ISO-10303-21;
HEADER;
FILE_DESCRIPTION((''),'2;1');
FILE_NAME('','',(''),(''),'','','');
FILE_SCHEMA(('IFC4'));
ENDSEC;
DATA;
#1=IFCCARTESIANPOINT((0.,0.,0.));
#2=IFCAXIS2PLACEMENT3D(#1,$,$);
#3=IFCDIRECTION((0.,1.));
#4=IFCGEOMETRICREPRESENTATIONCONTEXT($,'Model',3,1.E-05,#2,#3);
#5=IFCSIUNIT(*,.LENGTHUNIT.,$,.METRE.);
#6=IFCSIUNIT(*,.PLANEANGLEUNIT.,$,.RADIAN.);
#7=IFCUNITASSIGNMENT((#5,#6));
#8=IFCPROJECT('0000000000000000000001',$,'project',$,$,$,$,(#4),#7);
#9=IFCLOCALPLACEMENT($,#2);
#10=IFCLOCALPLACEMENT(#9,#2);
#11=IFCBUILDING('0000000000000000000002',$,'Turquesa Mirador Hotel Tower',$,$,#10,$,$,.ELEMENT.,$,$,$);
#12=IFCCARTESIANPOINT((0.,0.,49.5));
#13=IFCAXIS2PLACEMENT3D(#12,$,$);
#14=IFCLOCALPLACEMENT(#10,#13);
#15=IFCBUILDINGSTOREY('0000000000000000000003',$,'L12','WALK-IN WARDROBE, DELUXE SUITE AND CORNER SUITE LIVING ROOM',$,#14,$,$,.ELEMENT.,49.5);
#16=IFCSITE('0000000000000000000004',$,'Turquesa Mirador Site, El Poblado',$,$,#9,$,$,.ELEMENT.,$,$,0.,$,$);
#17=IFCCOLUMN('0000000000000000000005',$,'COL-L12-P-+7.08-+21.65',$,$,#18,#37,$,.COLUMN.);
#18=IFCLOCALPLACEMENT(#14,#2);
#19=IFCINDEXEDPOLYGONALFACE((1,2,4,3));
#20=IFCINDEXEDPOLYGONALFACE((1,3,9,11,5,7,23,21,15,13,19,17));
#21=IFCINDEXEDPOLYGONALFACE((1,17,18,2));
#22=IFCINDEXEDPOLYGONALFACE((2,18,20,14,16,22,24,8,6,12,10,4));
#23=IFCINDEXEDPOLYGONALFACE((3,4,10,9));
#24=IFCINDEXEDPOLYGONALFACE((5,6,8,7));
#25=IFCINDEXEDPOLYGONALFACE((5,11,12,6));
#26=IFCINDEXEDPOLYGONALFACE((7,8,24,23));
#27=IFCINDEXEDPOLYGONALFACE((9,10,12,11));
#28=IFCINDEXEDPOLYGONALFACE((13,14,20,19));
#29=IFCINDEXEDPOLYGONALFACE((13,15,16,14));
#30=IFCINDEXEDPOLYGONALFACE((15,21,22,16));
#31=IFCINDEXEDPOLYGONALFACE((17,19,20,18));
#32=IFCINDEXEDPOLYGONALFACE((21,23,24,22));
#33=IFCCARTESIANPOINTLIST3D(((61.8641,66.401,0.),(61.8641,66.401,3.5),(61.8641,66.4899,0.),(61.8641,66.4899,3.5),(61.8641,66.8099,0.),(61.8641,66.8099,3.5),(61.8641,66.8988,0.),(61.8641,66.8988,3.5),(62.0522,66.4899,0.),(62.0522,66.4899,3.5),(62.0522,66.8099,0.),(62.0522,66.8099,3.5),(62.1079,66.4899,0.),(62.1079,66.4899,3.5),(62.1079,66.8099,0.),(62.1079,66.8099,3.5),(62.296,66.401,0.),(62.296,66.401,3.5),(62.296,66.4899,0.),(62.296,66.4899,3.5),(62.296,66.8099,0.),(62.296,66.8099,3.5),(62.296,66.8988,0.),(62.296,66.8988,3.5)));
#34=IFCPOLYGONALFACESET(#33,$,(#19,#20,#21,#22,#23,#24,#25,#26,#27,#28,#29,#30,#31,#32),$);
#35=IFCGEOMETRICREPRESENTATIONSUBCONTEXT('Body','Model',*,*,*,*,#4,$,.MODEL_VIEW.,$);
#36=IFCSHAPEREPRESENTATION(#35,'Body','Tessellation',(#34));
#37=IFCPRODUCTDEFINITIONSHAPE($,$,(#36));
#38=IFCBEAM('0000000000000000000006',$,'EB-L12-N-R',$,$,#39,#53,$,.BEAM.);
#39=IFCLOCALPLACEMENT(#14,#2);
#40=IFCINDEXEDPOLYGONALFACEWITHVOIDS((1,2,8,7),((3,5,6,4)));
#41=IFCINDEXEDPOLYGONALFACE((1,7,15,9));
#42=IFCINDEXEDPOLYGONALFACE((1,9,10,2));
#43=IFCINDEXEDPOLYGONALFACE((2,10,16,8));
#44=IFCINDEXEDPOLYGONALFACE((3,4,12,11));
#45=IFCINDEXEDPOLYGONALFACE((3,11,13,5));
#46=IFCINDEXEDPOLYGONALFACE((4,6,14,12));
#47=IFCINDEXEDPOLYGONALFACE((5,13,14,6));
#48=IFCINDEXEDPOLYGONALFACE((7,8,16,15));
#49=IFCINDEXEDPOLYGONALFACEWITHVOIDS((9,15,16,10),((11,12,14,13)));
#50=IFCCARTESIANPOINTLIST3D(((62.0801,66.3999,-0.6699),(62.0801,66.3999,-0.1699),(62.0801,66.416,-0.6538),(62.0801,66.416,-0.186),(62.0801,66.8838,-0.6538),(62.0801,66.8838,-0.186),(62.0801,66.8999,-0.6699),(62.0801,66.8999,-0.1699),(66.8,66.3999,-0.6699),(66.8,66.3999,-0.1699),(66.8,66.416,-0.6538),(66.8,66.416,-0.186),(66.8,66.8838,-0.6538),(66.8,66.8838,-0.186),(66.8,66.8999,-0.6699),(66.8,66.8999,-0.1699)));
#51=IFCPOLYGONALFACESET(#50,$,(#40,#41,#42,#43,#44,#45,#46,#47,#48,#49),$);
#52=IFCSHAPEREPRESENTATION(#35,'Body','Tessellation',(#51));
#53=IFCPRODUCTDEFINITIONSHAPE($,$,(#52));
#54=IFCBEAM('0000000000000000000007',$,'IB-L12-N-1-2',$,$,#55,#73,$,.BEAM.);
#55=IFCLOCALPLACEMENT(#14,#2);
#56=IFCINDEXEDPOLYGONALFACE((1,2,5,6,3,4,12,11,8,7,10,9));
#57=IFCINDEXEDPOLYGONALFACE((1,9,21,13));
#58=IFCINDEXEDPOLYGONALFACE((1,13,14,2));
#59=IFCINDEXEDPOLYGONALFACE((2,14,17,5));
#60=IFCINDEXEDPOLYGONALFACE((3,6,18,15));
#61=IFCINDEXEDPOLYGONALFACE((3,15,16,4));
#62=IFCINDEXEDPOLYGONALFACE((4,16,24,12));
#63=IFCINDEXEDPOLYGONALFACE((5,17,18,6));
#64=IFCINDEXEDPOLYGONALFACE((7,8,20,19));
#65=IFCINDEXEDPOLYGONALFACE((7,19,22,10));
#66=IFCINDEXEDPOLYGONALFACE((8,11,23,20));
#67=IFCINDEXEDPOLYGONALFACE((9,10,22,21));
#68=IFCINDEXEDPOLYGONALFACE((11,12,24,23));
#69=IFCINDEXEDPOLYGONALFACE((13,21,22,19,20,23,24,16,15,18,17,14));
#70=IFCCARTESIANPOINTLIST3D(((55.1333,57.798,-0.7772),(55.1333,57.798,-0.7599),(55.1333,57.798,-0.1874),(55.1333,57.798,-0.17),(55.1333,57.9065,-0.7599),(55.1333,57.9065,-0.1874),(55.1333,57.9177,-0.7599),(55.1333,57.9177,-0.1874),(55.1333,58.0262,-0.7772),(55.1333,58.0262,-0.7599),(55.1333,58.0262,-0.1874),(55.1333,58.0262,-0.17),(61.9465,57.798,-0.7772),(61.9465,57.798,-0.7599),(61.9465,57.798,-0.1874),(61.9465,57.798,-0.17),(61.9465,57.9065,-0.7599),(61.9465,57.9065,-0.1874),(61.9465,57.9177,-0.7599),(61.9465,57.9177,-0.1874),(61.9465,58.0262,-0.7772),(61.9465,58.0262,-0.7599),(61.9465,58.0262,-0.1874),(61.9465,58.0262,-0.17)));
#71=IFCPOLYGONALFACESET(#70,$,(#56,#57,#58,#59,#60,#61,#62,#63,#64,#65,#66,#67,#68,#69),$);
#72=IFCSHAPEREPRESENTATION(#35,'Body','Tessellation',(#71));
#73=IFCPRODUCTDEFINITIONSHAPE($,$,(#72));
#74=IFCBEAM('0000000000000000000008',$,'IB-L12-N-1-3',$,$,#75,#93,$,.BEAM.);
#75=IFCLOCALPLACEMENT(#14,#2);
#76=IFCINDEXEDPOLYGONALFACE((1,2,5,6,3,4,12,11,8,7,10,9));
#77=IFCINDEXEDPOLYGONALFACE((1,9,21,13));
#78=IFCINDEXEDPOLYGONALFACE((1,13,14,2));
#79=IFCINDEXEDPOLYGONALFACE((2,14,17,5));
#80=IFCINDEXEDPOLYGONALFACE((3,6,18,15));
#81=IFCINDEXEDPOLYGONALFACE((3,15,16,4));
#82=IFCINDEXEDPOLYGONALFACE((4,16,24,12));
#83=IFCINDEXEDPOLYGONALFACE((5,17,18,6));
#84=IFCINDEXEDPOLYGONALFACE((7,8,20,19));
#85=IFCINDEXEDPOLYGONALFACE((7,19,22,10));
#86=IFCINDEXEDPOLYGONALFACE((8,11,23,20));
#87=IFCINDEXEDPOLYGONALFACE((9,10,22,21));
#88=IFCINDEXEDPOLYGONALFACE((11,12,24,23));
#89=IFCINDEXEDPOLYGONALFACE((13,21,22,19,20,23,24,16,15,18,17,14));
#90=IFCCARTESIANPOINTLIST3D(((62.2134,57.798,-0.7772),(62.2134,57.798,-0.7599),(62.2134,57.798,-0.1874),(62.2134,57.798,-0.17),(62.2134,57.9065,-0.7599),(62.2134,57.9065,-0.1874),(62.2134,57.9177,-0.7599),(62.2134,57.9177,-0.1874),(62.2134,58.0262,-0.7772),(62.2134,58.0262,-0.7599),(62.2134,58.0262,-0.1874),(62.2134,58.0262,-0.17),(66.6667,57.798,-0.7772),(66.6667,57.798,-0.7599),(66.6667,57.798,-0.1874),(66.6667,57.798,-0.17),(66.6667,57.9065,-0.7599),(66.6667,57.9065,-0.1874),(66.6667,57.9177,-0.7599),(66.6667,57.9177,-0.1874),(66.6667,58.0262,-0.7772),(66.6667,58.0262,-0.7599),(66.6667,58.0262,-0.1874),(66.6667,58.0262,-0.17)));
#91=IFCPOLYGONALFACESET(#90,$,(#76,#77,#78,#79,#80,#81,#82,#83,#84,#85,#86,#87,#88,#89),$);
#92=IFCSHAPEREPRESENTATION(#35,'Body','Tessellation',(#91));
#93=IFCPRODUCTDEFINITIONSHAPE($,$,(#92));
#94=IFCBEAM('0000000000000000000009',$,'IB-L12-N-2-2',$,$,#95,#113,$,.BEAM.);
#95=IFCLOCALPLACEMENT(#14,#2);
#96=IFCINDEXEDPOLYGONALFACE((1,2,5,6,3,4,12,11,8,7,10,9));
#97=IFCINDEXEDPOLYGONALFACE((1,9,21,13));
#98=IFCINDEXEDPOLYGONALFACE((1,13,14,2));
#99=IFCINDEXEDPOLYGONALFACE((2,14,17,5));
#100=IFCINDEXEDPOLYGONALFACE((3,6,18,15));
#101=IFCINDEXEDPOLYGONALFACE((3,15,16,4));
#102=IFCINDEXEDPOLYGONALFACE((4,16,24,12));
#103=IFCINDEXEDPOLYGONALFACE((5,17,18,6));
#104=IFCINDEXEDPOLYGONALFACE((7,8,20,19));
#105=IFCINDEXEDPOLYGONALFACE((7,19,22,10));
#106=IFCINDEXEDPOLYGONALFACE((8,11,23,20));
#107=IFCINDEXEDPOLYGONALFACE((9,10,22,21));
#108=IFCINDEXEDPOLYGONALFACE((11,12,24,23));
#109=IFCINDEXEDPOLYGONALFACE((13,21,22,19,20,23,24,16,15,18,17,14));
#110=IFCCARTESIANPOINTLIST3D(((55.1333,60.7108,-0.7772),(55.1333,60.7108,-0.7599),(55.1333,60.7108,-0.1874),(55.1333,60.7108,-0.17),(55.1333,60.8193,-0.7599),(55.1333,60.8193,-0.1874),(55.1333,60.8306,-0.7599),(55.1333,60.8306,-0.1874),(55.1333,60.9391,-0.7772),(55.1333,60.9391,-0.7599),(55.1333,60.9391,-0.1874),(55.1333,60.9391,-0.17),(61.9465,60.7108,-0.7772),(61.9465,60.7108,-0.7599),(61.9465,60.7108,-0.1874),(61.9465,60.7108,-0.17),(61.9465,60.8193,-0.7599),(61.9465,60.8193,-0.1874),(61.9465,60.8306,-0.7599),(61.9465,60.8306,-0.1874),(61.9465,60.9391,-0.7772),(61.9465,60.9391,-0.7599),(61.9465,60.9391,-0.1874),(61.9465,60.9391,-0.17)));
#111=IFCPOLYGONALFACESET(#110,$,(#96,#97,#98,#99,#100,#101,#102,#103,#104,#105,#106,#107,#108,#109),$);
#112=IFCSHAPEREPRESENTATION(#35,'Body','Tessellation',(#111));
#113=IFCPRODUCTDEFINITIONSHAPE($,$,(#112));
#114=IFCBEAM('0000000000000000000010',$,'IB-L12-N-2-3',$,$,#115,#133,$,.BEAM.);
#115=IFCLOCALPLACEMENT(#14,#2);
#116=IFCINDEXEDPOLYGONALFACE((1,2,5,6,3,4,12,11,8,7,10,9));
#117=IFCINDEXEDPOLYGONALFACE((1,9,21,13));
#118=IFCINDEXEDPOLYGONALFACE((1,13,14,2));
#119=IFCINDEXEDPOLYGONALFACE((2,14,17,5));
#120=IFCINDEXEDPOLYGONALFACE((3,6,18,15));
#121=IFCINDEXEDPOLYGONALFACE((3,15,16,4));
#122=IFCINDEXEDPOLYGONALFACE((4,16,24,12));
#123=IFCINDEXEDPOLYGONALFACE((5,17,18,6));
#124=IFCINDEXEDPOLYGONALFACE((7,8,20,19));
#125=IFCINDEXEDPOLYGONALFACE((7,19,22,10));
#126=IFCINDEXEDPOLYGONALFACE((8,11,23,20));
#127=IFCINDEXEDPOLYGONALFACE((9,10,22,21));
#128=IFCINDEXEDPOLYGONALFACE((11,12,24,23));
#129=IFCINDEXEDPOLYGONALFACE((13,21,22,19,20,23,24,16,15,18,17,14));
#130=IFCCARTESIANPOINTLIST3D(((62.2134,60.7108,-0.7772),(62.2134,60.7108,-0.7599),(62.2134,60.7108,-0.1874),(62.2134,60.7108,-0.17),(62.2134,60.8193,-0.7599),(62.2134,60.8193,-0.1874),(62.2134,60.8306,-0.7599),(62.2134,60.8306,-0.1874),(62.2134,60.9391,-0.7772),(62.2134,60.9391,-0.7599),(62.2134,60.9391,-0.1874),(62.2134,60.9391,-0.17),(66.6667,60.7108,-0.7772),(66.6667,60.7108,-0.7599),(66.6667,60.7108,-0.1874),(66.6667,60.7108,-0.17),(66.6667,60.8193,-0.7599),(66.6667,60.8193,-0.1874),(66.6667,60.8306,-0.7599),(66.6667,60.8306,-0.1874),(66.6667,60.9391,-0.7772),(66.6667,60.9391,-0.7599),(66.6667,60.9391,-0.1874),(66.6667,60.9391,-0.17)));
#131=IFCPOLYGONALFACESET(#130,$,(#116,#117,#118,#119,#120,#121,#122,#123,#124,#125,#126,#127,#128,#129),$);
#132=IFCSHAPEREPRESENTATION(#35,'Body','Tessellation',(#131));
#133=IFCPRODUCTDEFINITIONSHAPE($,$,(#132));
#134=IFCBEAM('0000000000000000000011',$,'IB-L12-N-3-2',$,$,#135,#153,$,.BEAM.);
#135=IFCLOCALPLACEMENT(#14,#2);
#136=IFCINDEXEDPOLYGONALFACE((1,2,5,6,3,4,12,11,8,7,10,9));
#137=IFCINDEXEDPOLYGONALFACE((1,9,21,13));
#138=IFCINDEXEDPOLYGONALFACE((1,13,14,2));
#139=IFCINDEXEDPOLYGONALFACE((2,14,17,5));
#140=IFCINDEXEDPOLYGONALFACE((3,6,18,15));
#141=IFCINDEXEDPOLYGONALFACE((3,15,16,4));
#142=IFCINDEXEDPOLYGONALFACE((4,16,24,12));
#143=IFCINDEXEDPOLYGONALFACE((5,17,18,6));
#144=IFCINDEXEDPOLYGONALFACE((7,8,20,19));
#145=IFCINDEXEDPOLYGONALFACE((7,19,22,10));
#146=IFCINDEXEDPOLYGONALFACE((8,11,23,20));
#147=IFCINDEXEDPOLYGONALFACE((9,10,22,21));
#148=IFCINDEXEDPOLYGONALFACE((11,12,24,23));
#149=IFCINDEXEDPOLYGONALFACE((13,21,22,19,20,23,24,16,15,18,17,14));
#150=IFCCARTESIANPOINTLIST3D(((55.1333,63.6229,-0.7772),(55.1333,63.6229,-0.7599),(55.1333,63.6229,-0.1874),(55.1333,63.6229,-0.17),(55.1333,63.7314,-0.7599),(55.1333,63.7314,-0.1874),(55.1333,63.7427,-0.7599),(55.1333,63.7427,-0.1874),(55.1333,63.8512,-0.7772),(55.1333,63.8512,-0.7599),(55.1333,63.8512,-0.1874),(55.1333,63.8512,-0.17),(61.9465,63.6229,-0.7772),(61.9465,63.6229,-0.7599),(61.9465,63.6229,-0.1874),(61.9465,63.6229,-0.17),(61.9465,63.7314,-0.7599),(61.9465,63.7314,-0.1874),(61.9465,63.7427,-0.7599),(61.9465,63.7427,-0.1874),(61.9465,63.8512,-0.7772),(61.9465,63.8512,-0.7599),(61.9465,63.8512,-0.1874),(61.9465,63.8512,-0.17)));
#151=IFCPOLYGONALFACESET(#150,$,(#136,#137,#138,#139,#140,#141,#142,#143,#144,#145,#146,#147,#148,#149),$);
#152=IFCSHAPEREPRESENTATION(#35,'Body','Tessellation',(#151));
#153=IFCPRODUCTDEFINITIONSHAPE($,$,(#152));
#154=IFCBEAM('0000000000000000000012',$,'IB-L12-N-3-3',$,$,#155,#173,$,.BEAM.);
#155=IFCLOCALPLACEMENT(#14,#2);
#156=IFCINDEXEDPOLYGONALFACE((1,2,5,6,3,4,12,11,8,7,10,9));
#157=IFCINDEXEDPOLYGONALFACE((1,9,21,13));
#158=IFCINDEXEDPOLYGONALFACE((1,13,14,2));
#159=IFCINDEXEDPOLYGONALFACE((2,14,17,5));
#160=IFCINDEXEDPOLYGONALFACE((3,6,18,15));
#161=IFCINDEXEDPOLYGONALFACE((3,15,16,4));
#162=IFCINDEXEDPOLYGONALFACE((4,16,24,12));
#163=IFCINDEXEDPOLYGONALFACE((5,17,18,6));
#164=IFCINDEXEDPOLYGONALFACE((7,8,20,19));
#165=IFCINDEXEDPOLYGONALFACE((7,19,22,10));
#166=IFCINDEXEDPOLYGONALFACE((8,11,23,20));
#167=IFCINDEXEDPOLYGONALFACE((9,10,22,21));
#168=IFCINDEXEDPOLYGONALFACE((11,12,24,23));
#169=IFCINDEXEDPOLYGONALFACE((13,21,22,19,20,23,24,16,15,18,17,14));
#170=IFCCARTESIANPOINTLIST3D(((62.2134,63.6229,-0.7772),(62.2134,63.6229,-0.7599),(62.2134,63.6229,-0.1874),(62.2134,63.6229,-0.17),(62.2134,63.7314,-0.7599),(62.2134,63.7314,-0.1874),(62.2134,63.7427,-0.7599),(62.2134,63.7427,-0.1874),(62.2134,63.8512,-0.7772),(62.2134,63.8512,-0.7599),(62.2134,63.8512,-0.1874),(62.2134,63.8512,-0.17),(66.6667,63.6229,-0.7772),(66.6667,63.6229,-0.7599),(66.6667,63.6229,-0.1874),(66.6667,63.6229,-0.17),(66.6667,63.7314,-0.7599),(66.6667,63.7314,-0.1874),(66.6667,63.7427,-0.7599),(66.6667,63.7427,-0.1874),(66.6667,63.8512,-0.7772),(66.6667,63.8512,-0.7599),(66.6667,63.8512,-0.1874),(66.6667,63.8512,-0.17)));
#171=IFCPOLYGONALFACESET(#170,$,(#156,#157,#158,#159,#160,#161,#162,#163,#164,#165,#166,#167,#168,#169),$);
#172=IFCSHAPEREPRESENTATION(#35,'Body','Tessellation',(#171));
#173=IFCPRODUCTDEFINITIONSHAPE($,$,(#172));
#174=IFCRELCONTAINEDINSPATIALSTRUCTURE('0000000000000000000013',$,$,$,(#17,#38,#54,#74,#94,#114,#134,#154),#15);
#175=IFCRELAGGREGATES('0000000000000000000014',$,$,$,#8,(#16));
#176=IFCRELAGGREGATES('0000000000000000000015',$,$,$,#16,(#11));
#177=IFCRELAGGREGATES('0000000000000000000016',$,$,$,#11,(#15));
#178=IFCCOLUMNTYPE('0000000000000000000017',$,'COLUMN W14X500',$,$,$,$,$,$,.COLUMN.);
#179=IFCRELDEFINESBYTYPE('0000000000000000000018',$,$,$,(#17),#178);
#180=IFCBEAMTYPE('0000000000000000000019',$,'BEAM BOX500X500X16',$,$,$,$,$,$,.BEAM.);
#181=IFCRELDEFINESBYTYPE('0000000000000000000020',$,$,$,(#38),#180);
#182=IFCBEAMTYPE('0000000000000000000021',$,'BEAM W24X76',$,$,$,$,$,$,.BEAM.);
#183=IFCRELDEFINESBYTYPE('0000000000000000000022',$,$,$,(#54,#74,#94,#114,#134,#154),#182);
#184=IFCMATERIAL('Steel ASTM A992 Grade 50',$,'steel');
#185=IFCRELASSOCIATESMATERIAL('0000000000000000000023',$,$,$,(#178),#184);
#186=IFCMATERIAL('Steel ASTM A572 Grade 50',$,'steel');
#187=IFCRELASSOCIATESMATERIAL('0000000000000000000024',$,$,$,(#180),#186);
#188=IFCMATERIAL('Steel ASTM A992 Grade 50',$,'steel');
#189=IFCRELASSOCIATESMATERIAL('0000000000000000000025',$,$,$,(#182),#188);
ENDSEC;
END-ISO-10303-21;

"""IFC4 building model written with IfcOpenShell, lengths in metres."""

from ifc_helpers import new_model, si_unit, direction, frame, origin, origin_2d, place, context, subcontext, project, spatial, hollow_rectangle, i_section, extrude, material, material_profile, profile_set, type_object, element, save


model = new_model("IFC4")

# Units and contexts
model_context = context("Model", 3, precision=1e-05, world=origin(), true_north=direction((0.0, 1.0)))
body_context = subcontext(model_context, "Body", "Model", "MODEL_VIEW")
ifc_project = project(units=[si_unit("LENGTHUNIT", "METRE"), si_unit("PLANEANGLEUNIT", "RADIAN")], contexts=[model_context])

# Site, building, storey
site_placement = place(None, origin())
site = spatial("IfcSite", under=ifc_project, at=site_placement, Name="Turquesa Mirador Site, El Poblado", CompositionType="ELEMENT", RefElevation=0.0)
building_placement = place(site_placement, origin())
building = spatial("IfcBuilding", under=site, at=building_placement, Name="Turquesa Mirador Hotel Tower", CompositionType="ELEMENT")
storey_placement = place(building_placement, frame((0.0, 0.0, 49.5)))
storey = spatial("IfcBuildingStorey", under=building, at=storey_placement, Name="L12", Description="WALK-IN WARDROBE, DELUXE SUITE AND CORNER SUITE LIVING ROOM", CompositionType="ELEMENT", Elevation=49.5)

# Column
ifc_material_1 = material(Name="Steel ASTM A992 Grade 50", Category="steel")
ifc_material_profile_1 = material_profile(ifc_material_1, i_section(OverallWidth=0.4319, OverallDepth=0.4978, WebThickness=0.0557, FlangeThickness=0.0889, at=origin_2d()), Name="W14X500")
ifc_profile_set_1 = profile_set([ifc_material_profile_1], Name="Steel ASTM A992 Grade 50")
column_type = type_object("IfcColumnType", Name="COLUMN W14X500", PredefinedType="COLUMN", material=ifc_profile_set_1)
column_placement = place(storey_placement, frame((62.0801, 66.6499, 0.0), z_axis=(0.0, 0.0, 1.0), x_axis=(1.0, 0.0, 0.0)))
element("IfcColumn", 1, at=column_placement, inside=storey, type_object=column_type, Name="COL-L12-P-+7.08-+21.65", PredefinedType="COLUMN", context=body_context, shape_type="SweptSolid", body=[
    extrude(i_section(OverallWidth=0.4319, OverallDepth=0.4978, WebThickness=0.0557, FlangeThickness=0.0889, at=origin_2d()), origin(), (0.0, 0.0, 1.0), 3.5),
])

# Beams
ifc_material_2 = material(Name="Steel ASTM A572 Grade 50", Category="steel")
ifc_material_profile_2 = material_profile(ifc_material_2, hollow_rectangle(XDim=0.5, YDim=0.5, WallThickness=0.0161, at=origin_2d()), Name="BOX500X500X16")
ifc_profile_set_2 = profile_set([ifc_material_profile_2], Name="Steel ASTM A572 Grade 50")
beam_type_1 = type_object("IfcBeamType", Name="BEAM BOX500X500X16", PredefinedType="BEAM", material=ifc_profile_set_2)
beam_1_placement = place(storey_placement, frame((62.0801, 66.6499, -0.4199), z_axis=(1.0, 0.0, 0.0), x_axis=(0.0, 1.0, 0.0)))
element("IfcBeam", 2, at=beam_1_placement, inside=storey, type_object=beam_type_1, Name="EB-L12-N-R", PredefinedType="BEAM", context=body_context, shape_type="SweptSolid", body=[
    extrude(hollow_rectangle(XDim=0.5, YDim=0.5, WallThickness=0.0161, at=origin_2d()), origin(), (0.0, 0.0, 1.0), 4.72),
])
ifc_material_3 = material(Name="Steel ASTM A992 Grade 50", Category="steel")
ifc_material_profile_3 = material_profile(ifc_material_3, i_section(OverallWidth=0.2283, OverallDepth=0.6072, WebThickness=0.0112, FlangeThickness=0.0173, at=origin_2d()), Name="W24X76")
ifc_profile_set_3 = profile_set([ifc_material_profile_3], Name="Steel ASTM A992 Grade 50")
beam_type_2 = type_object("IfcBeamType", Name="BEAM W24X76", PredefinedType="BEAM", material=ifc_profile_set_3)
beam_2_placement = place(storey_placement, frame((55.1333, 57.9121, -0.4736), z_axis=(1.0, 0.0, 0.0), x_axis=(0.0, 1.0, 0.0)))
element("IfcBeam", 3, at=beam_2_placement, inside=storey, type_object=beam_type_2, Name="IB-L12-N-1-2", PredefinedType="BEAM", context=body_context, shape_type="SweptSolid", body=[
    extrude(i_section(OverallWidth=0.2283, OverallDepth=0.6072, WebThickness=0.0112, FlangeThickness=0.0173, at=origin_2d()), origin(), (0.0, 0.0, 1.0), 6.8132),
])
beam_3_placement = place(storey_placement, frame((62.2134, 57.9121, -0.4736), z_axis=(1.0, 0.0, 0.0), x_axis=(0.0, 1.0, 0.0)))
element("IfcBeam", 4, at=beam_3_placement, inside=storey, type_object=beam_type_2, Name="IB-L12-N-1-3", PredefinedType="BEAM", context=body_context, shape_type="SweptSolid", body=[
    extrude(i_section(OverallWidth=0.2283, OverallDepth=0.6072, WebThickness=0.0112, FlangeThickness=0.0173, at=origin_2d()), origin(), (0.0, 0.0, 1.0), 4.4534),
])
beam_4_placement = place(storey_placement, frame((55.1333, 60.825, -0.4736), z_axis=(1.0, 0.0, 0.0), x_axis=(0.0, 1.0, 0.0)))
element("IfcBeam", 5, at=beam_4_placement, inside=storey, type_object=beam_type_2, Name="IB-L12-N-2-2", PredefinedType="BEAM", context=body_context, shape_type="SweptSolid", body=[
    extrude(i_section(OverallWidth=0.2283, OverallDepth=0.6072, WebThickness=0.0112, FlangeThickness=0.0173, at=origin_2d()), origin(), (0.0, 0.0, 1.0), 6.8132),
])
beam_5_placement = place(storey_placement, frame((62.2134, 60.825, -0.4736), z_axis=(1.0, 0.0, 0.0), x_axis=(0.0, 1.0, 0.0)))
element("IfcBeam", 6, at=beam_5_placement, inside=storey, type_object=beam_type_2, Name="IB-L12-N-2-3", PredefinedType="BEAM", context=body_context, shape_type="SweptSolid", body=[
    extrude(i_section(OverallWidth=0.2283, OverallDepth=0.6072, WebThickness=0.0112, FlangeThickness=0.0173, at=origin_2d()), origin(), (0.0, 0.0, 1.0), 4.4534),
])
beam_6_placement = place(storey_placement, frame((55.1333, 63.7371, -0.4736), z_axis=(1.0, 0.0, 0.0), x_axis=(0.0, 1.0, 0.0)))
element("IfcBeam", 7, at=beam_6_placement, inside=storey, type_object=beam_type_2, Name="IB-L12-N-3-2", PredefinedType="BEAM", context=body_context, shape_type="SweptSolid", body=[
    extrude(i_section(OverallWidth=0.2283, OverallDepth=0.6072, WebThickness=0.0112, FlangeThickness=0.0173, at=origin_2d()), origin(), (0.0, 0.0, 1.0), 6.8132),
])
beam_7_placement = place(storey_placement, frame((62.2134, 63.7371, -0.4736), z_axis=(1.0, 0.0, 0.0), x_axis=(0.0, 1.0, 0.0)))
element("IfcBeam", 8, at=beam_7_placement, inside=storey, type_object=beam_type_2, Name="IB-L12-N-3-3", PredefinedType="BEAM", context=body_context, shape_type="SweptSolid", body=[
    extrude(i_section(OverallWidth=0.2283, OverallDepth=0.6072, WebThickness=0.0112, FlangeThickness=0.0173, at=origin_2d()), origin(), (0.0, 0.0, 1.0), 4.4534),
])

save(model, "model.ifc")
